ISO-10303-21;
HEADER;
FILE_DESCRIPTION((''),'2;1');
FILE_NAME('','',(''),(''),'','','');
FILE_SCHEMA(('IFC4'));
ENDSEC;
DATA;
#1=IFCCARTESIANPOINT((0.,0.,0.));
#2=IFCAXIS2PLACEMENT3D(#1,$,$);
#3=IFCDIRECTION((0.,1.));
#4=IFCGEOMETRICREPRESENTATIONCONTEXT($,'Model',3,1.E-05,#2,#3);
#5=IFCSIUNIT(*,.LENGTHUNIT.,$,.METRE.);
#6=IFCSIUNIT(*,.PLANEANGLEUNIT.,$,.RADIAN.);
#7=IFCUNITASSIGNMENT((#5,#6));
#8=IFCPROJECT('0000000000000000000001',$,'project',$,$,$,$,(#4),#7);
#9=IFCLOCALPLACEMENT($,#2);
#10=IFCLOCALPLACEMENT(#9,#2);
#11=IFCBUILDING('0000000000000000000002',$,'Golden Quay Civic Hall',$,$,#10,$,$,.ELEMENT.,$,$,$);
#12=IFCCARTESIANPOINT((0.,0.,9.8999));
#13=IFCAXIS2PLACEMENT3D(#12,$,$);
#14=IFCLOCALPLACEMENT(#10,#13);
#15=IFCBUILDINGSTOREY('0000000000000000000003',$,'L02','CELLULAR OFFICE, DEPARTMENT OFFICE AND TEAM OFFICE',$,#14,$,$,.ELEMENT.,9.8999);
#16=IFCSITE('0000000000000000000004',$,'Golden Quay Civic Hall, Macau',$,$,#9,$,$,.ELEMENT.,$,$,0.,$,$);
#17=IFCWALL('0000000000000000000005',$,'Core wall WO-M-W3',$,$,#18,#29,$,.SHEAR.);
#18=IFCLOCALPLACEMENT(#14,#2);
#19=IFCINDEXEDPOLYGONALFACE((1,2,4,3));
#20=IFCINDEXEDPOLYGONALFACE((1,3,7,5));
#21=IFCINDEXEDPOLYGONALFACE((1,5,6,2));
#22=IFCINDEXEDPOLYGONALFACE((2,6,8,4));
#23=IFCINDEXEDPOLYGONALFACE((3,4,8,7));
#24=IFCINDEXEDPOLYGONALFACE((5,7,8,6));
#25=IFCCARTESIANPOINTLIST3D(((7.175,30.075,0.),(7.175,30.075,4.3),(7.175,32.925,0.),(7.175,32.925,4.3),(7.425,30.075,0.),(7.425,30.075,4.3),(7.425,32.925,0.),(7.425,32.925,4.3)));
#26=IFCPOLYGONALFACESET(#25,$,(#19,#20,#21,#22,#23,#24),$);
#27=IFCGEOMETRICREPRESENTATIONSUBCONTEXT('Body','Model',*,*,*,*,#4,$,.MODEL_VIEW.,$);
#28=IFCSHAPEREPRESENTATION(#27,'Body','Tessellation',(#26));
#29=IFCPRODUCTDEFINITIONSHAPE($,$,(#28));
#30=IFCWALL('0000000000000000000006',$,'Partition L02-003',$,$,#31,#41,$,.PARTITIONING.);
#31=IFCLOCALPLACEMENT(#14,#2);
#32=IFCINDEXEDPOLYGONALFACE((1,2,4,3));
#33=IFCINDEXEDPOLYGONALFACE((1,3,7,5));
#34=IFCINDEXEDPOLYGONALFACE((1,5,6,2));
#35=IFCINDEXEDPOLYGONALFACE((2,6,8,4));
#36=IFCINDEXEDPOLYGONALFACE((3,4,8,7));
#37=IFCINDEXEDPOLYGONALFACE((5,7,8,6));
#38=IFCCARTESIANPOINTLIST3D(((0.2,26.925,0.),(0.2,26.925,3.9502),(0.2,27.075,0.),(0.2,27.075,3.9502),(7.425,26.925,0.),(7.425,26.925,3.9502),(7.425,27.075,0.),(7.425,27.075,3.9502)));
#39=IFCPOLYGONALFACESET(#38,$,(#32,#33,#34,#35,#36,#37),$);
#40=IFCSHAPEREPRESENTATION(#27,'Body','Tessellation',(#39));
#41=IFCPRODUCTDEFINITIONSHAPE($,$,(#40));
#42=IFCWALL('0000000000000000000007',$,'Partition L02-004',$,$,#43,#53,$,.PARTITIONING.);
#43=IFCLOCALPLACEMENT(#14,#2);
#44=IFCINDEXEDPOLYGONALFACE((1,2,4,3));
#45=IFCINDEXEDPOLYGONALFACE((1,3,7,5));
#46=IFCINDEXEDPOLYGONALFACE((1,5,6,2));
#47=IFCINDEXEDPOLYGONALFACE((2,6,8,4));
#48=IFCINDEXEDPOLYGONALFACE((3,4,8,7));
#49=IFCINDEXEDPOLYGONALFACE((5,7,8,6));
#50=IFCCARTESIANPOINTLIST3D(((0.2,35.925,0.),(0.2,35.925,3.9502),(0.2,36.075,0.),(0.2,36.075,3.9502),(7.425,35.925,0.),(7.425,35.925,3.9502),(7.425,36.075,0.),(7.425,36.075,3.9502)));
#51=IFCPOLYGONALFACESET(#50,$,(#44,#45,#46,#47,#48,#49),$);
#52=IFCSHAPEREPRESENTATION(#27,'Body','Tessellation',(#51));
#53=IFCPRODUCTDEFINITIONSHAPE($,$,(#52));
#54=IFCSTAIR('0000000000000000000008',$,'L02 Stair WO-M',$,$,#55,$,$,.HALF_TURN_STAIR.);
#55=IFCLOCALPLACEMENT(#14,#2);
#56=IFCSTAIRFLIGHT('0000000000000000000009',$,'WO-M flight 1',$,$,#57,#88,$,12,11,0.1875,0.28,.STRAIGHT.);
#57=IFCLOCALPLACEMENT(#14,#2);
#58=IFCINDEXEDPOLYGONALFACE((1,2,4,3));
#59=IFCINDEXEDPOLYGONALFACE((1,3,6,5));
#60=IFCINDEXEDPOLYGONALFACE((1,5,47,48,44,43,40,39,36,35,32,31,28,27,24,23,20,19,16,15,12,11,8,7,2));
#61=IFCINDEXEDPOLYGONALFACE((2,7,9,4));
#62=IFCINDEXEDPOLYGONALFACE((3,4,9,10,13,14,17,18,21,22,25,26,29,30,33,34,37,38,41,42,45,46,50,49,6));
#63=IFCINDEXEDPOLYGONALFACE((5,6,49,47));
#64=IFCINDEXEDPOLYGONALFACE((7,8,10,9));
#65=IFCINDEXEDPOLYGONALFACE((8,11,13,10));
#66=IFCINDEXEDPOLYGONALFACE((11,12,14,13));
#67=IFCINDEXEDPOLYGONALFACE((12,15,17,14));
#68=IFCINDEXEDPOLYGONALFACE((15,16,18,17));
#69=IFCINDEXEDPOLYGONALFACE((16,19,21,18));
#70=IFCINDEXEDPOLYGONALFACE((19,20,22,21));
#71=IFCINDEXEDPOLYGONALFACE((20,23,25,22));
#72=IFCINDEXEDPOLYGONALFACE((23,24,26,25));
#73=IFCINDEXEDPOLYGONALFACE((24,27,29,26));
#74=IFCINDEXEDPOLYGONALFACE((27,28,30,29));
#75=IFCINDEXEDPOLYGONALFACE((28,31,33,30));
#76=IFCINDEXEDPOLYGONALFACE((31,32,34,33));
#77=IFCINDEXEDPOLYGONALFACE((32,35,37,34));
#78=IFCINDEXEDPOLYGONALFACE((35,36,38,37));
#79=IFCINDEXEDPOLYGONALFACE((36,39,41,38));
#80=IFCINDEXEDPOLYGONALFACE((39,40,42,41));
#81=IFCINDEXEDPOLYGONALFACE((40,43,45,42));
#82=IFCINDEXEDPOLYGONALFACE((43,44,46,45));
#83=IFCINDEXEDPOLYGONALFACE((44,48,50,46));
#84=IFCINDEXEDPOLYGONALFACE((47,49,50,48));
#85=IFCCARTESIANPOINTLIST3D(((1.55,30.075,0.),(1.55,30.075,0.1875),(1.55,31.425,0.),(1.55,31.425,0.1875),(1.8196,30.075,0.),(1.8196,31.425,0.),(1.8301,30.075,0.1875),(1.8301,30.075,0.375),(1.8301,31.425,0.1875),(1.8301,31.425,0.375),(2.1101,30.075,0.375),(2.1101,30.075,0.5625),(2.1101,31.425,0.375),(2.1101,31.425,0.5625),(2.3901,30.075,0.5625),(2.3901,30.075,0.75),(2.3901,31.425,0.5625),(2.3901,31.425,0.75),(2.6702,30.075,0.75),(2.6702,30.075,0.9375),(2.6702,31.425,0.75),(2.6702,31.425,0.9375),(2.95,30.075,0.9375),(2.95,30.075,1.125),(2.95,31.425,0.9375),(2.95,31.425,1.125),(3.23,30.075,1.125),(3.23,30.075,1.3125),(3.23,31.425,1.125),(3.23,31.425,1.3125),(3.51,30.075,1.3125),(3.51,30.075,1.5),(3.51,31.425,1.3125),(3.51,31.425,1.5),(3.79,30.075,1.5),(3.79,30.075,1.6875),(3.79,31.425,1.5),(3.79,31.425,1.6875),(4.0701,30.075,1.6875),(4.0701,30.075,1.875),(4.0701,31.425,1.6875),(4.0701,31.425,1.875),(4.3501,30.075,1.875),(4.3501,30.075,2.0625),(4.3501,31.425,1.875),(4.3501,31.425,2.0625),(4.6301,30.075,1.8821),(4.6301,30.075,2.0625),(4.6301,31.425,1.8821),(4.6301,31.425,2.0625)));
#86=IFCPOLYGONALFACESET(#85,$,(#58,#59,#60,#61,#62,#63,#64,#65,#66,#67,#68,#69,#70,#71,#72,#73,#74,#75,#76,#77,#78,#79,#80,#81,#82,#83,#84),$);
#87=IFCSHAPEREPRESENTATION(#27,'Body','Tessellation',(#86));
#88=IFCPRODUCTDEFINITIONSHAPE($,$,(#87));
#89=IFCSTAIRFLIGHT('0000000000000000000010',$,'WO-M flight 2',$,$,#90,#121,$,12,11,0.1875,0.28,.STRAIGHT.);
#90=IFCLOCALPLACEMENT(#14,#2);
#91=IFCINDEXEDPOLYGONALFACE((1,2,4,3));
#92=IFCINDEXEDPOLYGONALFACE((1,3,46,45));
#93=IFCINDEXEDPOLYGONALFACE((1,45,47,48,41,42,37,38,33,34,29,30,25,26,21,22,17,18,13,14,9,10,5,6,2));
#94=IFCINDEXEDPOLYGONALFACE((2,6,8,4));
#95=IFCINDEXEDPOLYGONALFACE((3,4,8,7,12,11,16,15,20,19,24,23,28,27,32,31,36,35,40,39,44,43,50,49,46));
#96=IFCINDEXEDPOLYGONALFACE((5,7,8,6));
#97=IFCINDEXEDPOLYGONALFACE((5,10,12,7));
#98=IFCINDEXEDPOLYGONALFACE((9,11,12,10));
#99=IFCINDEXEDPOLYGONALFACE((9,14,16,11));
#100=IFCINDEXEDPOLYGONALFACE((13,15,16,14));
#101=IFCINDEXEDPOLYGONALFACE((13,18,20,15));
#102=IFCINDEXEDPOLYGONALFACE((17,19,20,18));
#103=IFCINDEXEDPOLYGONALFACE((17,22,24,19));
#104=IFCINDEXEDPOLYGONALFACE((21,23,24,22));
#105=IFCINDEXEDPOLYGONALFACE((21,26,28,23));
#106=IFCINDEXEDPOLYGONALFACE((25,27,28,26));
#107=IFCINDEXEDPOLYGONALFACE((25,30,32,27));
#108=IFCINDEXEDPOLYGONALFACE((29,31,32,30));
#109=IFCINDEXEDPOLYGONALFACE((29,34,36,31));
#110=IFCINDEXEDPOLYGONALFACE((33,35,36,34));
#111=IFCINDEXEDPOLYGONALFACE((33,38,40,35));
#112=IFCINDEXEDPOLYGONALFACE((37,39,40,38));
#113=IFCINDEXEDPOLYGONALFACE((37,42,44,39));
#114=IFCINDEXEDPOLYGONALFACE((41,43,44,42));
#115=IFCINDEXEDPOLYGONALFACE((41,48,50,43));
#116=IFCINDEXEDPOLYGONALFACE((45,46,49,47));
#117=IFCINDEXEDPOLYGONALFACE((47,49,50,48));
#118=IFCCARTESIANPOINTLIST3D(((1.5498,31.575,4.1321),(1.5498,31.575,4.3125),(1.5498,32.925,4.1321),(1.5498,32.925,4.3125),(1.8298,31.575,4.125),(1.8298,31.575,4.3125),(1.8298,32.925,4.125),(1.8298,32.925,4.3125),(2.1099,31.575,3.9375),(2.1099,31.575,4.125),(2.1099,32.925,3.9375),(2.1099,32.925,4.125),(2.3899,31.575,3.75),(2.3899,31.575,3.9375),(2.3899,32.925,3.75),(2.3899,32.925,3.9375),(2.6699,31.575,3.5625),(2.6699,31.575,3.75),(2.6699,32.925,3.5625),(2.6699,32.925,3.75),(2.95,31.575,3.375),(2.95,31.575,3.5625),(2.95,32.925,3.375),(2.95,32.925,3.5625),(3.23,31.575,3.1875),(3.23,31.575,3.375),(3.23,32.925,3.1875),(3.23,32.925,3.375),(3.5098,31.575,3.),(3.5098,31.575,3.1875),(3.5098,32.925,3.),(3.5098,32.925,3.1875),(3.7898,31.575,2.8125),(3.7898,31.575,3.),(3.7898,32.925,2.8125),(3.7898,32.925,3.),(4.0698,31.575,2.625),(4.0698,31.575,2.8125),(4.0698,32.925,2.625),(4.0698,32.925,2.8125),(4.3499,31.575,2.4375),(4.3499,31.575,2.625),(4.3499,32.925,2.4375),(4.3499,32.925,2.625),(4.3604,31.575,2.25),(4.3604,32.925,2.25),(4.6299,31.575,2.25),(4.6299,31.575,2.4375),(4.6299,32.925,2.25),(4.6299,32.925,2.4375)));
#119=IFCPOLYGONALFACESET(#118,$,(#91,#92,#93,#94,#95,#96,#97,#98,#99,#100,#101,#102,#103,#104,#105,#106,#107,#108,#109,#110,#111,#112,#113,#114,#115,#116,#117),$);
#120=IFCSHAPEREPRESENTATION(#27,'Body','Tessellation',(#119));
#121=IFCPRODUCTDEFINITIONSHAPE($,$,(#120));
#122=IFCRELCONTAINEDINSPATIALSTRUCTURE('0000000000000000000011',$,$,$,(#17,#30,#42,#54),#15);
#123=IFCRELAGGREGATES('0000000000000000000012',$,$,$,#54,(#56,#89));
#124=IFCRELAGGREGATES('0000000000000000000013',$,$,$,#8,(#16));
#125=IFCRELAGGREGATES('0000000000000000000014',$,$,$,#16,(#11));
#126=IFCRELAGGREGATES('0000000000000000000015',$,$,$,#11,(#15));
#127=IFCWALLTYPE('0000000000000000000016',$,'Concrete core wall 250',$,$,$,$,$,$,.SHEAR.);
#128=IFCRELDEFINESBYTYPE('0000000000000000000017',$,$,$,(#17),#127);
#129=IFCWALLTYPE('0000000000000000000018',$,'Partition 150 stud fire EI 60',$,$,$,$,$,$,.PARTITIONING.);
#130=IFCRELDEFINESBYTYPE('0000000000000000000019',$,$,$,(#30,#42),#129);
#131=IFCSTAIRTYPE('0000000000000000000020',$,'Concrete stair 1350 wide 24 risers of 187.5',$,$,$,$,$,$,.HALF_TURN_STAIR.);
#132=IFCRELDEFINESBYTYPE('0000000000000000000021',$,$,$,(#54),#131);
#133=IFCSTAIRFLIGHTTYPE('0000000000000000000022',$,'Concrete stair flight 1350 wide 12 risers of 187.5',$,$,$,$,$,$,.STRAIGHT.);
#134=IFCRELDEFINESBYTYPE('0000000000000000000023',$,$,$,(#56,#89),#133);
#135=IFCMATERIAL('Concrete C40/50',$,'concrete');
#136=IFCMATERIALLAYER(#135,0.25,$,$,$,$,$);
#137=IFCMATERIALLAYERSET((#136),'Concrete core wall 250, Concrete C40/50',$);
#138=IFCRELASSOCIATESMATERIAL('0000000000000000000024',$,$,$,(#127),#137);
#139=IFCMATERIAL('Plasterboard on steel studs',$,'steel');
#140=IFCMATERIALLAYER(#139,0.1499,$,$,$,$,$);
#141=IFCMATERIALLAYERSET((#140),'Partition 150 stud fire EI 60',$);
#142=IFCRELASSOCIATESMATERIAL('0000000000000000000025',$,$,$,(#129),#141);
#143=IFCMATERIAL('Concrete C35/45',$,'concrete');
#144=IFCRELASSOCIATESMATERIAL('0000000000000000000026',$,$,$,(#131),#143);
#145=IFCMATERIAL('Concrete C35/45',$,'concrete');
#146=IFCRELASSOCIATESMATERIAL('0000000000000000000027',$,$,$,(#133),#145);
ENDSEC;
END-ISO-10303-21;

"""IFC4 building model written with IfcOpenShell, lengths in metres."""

from ifc_helpers import new_model, si_unit, direction, frame, frame_2d, origin, place, context, subcontext, project, spatial, polyline, rectangle, outline, extrude, material, layer, layer_set, type_object, element, aggregate, save


model = new_model("IFC4")

# Units and contexts
model_context = context("Model", 3, precision=1e-05, world=origin(), true_north=direction((0.0, 1.0)))
body_context = subcontext(model_context, "Body", "Model", "MODEL_VIEW")
ifc_project = project(units=[si_unit("LENGTHUNIT", "METRE"), si_unit("PLANEANGLEUNIT", "RADIAN")], contexts=[model_context])

# Site, building, storey
site_placement = place(None, origin())
site = spatial("IfcSite", under=ifc_project, at=site_placement, Name="Golden Quay Civic Hall, Macau", CompositionType="ELEMENT", RefElevation=0.0)
building_placement = place(site_placement, origin())
building = spatial("IfcBuilding", under=site, at=building_placement, Name="Golden Quay Civic Hall", CompositionType="ELEMENT")
storey_placement = place(building_placement, frame((0.0, 0.0, 9.8999)))
storey = spatial("IfcBuildingStorey", under=building, at=storey_placement, Name="L02", Description="CELLULAR OFFICE, DEPARTMENT OFFICE AND TEAM OFFICE", CompositionType="ELEMENT", Elevation=9.8999)

# Shared definitions
ifc_material_1 = material(Name="Concrete C40/50", Category="concrete")
ifc_layer_1 = layer(ifc_material_1, 0.25)
ifc_layer_set_1 = layer_set([ifc_layer_1], Name="Concrete core wall 250, Concrete C40/50")
wall_type_1 = type_object("IfcWallType", Name="Concrete core wall 250", PredefinedType="SHEAR", material=ifc_layer_set_1)

# Walls
wall_1_placement = place(storey_placement, frame((7.3, 30.075, 0.0), z_axis=(0.0, 0.0, 1.0), x_axis=(0.0, 1.0, 0.0)))
element("IfcWall", 1, at=wall_1_placement, inside=storey, type_object=wall_type_1, Name="Core wall WO-M-W3", PredefinedType="SHEAR", context=body_context, shape_type="SweptSolid", body=[
    extrude(rectangle(XDim=2.8501, YDim=0.25, at=frame_2d((1.425, 0.0))), origin(), (0.0, 0.0, 1.0), 4.3),
])
ifc_material_2 = material(Name="Plasterboard on steel studs", Category="steel")
ifc_layer_2 = layer(ifc_material_2, 0.1499)
ifc_layer_set_2 = layer_set([ifc_layer_2], Name="Partition 150 stud fire EI 60")
wall_type_2 = type_object("IfcWallType", Name="Partition 150 stud fire EI 60", PredefinedType="PARTITIONING", material=ifc_layer_set_2)
for number, where, z_axis, x_axis, name in (
    (2, (0.2, 27.0, 0.0), (0.0, 0.0, 1.0), (1.0, 0.0, 0.0), "Partition L02-003"),
    (3, (0.2, 36.0, 0.0), (0.0, 0.0, 1.0), (1.0, 0.0, 0.0), "Partition L02-004"),
):
    element("IfcWall", number, at=place(storey_placement, frame(where, z_axis=z_axis, x_axis=x_axis)), inside=storey, type_object=wall_type_2, Name=name, PredefinedType="PARTITIONING", context=body_context, shape_type="SweptSolid", body=[
        extrude(rectangle(XDim=7.2251, YDim=0.1499, at=frame_2d((3.6125, 0.0))), origin(), (0.0, 0.0, 1.0), 3.9502),
    ])

# Stair, stair flights
ifc_material_3 = material(Name="Concrete C35/45", Category="concrete")
stair_type = type_object("IfcStairType", Name="Concrete stair 1350 wide 24 risers of 187.5", PredefinedType="HALF_TURN_STAIR", material=ifc_material_3)
stair_placement = place(storey_placement, origin())
stair = element("IfcStair", 4, at=stair_placement, inside=storey, type_object=stair_type, Name="L02 Stair WO-M", PredefinedType="HALF_TURN_STAIR")
ifc_material_4 = material(Name="Concrete C35/45", Category="concrete")
stair_flight_type = type_object("IfcStairFlightType", Name="Concrete stair flight 1350 wide 12 risers of 187.5", PredefinedType="STRAIGHT", material=ifc_material_4)
stair_flight_1_placement = place(storey_placement, frame((1.55, 30.75, 0.0), z_axis=(0.0, 0.0, 1.0), x_axis=(1.0, 0.0, 0.0)))
stair_flight_1 = element("IfcStairFlight", 5, at=stair_flight_1_placement, type_object=stair_flight_type, Name="WO-M flight 1", NumberOfRisers=12, NumberOfTreads=11, PredefinedType="STRAIGHT", RiserHeight=0.1875, TreadLength=0.28, context=body_context, shape_type="SweptSolid", body=[
    extrude(outline(polyline([(0.0, 0.0), (0.0, 0.1875), (0.28, 0.1875), (0.28, 0.375), (0.5601, 0.375), (0.5601, 0.5625), (0.8401, 0.5625), (0.8401, 0.75), (1.1201, 0.75), (1.1201, 0.9375), (1.3999, 0.9375), (1.3999, 1.125), (1.6799, 1.125), (1.6799, 1.3125), (1.96, 1.3125), (1.96, 1.5), (2.24, 1.5), (2.24, 1.6875), (2.52, 1.6875), (2.52, 1.875), (2.8, 1.875), (2.8, 2.0625), (3.0801, 2.0625), (3.0801, 2.25), (3.0801, 1.8821), (0.2695, 0.0), (0.0, 0.0)])), frame((0.0, 0.675, 0.0), z_axis=(0.0, -1.0, 0.0), x_axis=(1.0, 0.0, 0.0)), (0.0, 0.0, 1.0), 1.35),
])
stair_flight_2_placement = place(storey_placement, frame((4.6299, 32.25, 2.25), z_axis=(0.0, 0.0, 1.0), x_axis=(-1.0, 0.0, 0.0)))
stair_flight_2 = element("IfcStairFlight", 6, at=stair_flight_2_placement, type_object=stair_flight_type, Name="WO-M flight 2", NumberOfRisers=12, NumberOfTreads=11, PredefinedType="STRAIGHT", RiserHeight=0.1875, TreadLength=0.28, context=body_context, shape_type="SweptSolid", body=[
    extrude(outline(polyline([(0.0, 0.0), (0.0, 0.1875), (0.28, 0.1875), (0.28, 0.375), (0.5601, 0.375), (0.5601, 0.5625), (0.8401, 0.5625), (0.8401, 0.75), (1.1201, 0.75), (1.1201, 0.9375), (1.3999, 0.9375), (1.3999, 1.125), (1.6799, 1.125), (1.6799, 1.3125), (1.96, 1.3125), (1.96, 1.5), (2.24, 1.5), (2.24, 1.6875), (2.52, 1.6875), (2.52, 1.875), (2.8, 1.875), (2.8, 2.0625), (3.0801, 2.0625), (3.0801, 2.25), (3.0801, 1.8821), (0.2695, 0.0), (0.0, 0.0)])), frame((0.0, 0.675, 0.0), z_axis=(0.0, -1.0, 0.0), x_axis=(1.0, 0.0, 0.0)), (0.0, 0.0, 1.0), 1.35),
])
aggregate(stair, [stair_flight_1, stair_flight_2])

save(model, "model.ifc")
